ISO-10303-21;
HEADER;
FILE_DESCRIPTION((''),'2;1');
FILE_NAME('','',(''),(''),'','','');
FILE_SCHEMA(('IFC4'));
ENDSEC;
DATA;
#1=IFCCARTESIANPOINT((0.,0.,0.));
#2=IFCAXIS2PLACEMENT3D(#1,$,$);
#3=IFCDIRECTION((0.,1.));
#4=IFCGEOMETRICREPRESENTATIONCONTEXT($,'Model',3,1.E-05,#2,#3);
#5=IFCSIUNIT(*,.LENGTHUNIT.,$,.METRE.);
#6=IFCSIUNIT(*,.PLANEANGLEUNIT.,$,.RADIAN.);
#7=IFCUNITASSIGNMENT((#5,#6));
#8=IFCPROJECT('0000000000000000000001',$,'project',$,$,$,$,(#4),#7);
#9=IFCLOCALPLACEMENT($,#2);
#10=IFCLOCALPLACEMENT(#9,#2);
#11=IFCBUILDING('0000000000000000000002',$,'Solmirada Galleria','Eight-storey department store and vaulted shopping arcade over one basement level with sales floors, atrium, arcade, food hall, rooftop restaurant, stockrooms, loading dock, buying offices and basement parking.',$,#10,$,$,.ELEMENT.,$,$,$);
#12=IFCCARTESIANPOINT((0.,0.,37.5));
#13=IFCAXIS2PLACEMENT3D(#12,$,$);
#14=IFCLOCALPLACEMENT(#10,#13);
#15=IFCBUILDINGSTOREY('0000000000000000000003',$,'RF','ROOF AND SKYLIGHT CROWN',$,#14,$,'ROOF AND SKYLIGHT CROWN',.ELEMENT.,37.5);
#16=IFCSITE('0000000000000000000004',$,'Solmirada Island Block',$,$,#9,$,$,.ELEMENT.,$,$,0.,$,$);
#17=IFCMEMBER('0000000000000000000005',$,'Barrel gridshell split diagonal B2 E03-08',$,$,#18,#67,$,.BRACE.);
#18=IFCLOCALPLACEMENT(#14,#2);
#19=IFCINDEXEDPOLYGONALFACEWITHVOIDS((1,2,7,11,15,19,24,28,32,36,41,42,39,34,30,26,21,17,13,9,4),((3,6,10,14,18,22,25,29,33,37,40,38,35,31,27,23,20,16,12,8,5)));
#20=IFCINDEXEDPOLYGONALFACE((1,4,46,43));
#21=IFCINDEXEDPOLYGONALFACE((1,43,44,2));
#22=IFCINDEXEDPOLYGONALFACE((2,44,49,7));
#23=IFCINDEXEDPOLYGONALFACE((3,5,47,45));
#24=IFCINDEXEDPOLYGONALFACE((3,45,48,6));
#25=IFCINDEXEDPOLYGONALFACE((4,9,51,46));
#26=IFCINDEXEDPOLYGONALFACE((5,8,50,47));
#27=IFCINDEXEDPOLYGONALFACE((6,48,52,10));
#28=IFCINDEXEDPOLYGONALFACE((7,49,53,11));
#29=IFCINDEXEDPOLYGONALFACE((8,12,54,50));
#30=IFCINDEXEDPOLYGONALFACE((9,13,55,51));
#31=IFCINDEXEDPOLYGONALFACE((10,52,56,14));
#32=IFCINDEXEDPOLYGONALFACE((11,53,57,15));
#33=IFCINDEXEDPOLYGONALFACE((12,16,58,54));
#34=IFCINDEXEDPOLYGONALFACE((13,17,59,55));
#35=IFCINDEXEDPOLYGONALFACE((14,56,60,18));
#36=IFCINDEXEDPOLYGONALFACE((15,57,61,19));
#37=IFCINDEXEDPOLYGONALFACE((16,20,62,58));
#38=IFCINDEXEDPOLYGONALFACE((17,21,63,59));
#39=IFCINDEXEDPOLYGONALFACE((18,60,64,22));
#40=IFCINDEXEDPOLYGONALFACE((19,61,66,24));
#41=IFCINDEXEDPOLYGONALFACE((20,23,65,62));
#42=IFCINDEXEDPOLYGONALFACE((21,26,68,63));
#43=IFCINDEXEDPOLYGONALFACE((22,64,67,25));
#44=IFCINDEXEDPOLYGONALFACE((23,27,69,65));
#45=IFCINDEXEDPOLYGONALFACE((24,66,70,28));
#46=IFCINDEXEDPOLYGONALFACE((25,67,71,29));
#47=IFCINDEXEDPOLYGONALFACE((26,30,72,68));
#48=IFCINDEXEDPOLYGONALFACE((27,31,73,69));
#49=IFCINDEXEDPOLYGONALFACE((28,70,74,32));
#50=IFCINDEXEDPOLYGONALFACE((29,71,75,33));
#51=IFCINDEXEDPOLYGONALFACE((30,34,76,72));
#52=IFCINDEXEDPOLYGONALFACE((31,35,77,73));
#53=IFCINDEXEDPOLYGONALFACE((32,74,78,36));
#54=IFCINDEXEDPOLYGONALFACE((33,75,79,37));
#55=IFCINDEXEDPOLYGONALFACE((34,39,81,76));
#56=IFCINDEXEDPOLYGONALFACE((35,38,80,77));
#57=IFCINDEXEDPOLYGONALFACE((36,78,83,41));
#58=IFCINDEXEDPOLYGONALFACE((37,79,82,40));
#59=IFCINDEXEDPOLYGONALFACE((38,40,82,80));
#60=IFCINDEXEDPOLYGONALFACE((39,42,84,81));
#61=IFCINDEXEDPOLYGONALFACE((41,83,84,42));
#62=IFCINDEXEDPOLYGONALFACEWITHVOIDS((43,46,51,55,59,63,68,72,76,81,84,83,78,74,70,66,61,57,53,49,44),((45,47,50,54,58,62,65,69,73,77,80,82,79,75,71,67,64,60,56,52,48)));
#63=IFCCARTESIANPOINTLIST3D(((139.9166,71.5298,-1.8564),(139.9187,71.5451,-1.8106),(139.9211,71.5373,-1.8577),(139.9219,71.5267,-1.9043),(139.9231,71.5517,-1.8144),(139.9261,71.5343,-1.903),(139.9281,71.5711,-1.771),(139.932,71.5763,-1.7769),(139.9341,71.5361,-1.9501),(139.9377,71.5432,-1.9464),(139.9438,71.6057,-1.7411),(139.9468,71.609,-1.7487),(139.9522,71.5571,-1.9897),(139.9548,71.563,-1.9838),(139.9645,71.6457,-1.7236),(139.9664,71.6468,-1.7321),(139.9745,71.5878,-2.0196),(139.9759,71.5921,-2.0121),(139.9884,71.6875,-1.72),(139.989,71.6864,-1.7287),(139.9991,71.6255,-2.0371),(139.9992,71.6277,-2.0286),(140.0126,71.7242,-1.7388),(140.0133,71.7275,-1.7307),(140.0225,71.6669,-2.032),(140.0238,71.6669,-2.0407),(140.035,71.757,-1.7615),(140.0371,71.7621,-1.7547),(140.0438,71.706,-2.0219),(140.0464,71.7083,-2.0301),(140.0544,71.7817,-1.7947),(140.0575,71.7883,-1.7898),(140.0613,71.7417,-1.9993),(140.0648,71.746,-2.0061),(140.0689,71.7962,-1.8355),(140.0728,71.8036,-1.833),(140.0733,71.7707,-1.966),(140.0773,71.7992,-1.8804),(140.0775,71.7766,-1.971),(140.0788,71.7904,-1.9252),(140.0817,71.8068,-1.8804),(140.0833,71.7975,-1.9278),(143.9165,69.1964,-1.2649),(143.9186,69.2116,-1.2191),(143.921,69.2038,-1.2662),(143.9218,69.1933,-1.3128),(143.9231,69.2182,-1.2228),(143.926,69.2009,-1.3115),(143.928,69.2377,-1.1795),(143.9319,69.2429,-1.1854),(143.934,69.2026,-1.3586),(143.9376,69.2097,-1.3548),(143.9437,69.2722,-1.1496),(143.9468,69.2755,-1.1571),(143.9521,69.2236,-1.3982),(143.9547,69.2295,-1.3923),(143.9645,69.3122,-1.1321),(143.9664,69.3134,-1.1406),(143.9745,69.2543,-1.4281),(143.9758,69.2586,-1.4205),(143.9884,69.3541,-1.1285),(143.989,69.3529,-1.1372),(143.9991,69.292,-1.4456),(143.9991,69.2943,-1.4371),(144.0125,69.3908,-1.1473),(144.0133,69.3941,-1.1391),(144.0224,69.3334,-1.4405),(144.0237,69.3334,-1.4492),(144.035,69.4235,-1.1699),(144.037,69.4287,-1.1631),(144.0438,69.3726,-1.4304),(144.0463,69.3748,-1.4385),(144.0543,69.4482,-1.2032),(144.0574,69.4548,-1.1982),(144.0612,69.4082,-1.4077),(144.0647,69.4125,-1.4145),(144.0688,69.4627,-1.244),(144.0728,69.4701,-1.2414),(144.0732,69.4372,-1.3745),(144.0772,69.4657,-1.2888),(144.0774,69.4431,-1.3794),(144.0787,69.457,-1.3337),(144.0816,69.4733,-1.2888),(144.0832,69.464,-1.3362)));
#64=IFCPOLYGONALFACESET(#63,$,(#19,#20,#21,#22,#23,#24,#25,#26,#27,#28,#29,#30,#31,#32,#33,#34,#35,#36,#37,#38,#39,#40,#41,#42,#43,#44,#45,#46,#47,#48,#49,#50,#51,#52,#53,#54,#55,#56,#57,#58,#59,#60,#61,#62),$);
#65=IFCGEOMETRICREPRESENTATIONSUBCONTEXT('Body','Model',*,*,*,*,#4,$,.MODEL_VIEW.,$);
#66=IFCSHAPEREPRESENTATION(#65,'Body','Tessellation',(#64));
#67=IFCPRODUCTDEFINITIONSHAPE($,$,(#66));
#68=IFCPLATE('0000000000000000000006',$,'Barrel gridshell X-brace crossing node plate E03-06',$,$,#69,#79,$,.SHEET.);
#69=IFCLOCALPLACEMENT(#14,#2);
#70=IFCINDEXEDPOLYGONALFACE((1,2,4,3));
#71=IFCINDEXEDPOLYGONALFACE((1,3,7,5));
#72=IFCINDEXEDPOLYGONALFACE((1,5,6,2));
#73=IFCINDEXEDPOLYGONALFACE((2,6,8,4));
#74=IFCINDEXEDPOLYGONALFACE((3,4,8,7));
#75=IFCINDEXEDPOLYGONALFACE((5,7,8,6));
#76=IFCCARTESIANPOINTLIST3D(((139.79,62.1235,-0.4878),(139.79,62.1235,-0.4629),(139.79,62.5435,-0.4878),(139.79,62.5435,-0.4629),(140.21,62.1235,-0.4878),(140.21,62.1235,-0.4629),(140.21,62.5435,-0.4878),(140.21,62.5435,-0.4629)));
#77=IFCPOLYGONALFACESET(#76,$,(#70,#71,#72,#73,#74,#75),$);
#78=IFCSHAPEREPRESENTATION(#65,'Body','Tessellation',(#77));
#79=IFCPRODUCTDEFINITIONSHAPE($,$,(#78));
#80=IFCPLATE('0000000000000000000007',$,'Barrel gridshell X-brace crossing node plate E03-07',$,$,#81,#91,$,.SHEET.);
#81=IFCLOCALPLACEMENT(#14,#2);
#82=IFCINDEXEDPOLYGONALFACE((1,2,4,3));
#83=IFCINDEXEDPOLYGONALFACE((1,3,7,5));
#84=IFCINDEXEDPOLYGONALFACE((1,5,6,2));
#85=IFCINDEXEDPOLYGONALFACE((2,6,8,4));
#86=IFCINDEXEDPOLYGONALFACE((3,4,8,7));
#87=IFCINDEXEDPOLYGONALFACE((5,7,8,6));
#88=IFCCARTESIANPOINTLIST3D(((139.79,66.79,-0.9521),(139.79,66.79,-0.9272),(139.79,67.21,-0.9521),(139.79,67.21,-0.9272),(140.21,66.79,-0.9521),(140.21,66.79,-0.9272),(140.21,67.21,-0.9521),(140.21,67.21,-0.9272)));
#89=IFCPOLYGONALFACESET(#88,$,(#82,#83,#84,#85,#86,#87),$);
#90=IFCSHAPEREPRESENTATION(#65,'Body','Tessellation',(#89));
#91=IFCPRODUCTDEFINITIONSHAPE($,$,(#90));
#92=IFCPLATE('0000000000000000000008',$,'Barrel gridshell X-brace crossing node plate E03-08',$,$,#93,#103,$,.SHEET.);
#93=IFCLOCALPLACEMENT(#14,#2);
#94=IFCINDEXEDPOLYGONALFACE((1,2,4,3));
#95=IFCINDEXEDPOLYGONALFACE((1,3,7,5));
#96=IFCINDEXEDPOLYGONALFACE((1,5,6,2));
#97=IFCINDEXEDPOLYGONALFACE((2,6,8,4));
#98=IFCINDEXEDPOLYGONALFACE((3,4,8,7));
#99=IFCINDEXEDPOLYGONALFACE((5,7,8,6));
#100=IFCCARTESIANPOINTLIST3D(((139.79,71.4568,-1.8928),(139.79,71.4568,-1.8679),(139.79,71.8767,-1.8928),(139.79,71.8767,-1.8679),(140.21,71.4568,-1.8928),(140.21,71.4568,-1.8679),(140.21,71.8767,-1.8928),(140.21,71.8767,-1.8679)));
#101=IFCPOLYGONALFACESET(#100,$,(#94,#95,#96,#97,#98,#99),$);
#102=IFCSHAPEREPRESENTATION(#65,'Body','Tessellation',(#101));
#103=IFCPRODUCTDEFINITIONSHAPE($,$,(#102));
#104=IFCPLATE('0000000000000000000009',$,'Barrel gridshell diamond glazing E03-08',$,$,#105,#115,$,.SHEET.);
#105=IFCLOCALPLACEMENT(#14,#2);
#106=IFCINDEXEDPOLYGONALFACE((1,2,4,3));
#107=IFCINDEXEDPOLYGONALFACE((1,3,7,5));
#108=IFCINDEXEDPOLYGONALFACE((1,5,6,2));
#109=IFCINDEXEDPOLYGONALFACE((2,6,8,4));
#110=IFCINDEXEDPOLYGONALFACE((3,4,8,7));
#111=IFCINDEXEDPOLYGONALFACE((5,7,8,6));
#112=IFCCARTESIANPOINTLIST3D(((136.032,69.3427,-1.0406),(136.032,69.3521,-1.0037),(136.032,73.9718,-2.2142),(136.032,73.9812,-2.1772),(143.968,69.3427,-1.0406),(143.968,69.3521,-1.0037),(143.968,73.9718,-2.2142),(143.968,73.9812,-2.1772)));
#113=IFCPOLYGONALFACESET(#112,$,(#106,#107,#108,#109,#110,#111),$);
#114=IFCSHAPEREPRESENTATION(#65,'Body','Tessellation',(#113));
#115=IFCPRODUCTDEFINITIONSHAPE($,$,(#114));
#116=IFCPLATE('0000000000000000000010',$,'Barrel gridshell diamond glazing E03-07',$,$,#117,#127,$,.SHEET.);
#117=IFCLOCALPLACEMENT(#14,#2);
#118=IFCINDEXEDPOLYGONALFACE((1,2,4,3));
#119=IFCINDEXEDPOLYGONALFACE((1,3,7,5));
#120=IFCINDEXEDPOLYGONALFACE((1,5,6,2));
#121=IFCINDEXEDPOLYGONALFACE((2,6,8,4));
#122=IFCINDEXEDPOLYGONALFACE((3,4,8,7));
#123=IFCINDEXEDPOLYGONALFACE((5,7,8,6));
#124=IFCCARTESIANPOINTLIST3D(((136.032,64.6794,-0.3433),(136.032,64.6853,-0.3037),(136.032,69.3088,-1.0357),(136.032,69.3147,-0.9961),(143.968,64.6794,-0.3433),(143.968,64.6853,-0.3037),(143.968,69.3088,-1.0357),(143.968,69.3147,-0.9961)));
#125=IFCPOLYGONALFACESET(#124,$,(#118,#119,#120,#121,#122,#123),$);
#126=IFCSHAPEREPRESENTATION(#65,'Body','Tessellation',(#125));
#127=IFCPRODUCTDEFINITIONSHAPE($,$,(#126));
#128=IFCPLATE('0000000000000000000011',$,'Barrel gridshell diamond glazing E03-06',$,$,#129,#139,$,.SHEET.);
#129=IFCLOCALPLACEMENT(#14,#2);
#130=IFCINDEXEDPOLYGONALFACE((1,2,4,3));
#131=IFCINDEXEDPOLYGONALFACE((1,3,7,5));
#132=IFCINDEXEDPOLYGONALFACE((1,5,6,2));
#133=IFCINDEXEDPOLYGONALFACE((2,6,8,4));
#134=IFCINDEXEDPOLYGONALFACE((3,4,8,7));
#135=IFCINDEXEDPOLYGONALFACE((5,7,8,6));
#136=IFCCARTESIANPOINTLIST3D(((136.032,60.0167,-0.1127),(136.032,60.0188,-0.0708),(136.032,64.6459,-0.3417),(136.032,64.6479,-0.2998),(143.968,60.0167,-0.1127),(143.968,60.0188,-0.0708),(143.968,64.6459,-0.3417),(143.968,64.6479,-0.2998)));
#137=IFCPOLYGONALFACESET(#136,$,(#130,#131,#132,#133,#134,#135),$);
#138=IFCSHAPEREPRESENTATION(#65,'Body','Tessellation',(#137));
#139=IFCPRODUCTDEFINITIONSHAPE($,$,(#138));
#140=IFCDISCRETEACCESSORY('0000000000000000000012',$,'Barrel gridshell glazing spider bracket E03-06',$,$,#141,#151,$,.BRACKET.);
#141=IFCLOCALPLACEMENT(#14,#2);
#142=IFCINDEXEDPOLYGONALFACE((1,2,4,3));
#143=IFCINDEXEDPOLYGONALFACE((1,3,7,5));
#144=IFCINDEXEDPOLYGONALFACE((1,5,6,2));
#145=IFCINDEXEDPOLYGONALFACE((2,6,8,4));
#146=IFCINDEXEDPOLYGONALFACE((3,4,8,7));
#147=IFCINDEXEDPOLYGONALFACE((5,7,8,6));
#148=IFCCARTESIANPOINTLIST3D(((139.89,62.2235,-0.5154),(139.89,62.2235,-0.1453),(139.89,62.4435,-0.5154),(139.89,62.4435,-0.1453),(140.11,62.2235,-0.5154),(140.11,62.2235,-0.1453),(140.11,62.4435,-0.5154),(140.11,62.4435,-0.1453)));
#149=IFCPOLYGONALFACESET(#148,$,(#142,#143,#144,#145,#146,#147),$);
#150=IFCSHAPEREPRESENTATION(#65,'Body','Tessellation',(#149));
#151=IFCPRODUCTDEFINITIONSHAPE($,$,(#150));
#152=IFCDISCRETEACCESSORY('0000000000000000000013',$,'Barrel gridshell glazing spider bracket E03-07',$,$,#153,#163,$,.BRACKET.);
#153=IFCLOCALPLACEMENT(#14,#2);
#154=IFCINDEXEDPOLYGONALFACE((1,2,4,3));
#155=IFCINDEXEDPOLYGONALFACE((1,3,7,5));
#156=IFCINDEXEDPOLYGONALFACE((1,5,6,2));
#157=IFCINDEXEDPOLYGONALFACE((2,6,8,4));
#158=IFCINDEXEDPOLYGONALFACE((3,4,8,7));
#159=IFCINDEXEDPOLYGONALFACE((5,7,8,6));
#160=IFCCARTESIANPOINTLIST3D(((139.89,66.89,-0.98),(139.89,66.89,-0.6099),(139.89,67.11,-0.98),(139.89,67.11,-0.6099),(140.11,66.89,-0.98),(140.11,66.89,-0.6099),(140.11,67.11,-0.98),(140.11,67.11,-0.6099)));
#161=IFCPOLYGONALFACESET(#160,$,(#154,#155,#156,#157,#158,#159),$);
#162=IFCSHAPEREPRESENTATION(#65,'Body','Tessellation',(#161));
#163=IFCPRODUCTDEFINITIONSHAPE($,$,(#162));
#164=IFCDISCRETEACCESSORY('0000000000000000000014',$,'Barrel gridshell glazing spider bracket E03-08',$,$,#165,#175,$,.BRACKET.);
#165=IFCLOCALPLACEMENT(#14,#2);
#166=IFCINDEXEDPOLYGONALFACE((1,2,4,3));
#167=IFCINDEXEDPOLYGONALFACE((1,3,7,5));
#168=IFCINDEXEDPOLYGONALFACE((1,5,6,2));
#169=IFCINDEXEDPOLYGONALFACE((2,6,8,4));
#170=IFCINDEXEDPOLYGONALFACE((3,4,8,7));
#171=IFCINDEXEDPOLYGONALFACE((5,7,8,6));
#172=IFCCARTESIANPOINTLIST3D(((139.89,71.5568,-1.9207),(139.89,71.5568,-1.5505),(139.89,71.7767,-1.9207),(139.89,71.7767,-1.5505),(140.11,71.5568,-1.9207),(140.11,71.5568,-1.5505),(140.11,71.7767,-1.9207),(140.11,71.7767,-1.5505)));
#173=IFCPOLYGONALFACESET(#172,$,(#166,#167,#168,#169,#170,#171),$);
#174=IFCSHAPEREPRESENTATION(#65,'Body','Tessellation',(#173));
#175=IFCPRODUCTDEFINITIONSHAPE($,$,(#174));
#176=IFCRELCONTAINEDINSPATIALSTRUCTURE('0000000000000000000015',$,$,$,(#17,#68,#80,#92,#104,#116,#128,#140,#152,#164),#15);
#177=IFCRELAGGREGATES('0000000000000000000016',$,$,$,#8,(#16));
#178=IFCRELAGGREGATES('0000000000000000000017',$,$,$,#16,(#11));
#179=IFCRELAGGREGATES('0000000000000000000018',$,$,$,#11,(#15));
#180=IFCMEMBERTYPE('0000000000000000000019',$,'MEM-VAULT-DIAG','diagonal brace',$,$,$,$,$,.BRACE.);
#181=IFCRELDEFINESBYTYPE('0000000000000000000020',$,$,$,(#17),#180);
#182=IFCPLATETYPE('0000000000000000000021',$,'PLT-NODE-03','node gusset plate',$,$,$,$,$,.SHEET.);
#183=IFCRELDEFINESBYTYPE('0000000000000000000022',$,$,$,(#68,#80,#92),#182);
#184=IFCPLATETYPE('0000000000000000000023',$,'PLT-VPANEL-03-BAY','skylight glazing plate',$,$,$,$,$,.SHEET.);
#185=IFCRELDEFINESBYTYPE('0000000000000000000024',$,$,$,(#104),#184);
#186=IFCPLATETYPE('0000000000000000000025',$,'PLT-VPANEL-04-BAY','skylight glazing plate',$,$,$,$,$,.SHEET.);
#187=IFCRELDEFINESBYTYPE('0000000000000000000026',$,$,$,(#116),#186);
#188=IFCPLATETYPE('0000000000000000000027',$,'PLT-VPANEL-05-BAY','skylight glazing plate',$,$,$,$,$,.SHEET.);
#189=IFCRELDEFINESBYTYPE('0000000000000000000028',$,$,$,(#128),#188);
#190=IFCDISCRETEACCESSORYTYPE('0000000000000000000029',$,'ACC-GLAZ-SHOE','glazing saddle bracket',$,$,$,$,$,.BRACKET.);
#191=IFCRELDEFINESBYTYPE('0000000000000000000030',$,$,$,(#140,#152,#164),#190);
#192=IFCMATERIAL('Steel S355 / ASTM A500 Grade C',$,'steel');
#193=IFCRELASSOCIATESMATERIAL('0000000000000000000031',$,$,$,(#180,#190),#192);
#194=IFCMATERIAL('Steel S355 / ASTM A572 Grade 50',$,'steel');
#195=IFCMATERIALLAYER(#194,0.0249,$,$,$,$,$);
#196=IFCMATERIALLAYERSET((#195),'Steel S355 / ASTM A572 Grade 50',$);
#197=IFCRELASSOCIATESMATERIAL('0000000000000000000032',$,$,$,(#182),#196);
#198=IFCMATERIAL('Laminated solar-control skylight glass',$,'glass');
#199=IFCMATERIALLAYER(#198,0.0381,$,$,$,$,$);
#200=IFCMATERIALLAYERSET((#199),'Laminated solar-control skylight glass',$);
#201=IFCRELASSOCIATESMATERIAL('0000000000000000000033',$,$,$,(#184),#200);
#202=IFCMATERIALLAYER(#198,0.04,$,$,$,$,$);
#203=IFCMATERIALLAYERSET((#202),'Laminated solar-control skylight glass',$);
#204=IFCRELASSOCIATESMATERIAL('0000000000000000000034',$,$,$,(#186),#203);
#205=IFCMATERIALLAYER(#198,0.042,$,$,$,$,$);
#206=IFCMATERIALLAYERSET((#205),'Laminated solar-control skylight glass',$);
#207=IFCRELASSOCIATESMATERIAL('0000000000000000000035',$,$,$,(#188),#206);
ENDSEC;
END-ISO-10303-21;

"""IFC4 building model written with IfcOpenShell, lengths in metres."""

from ifc_helpers import new_model, si_unit, direction, frame, origin, origin_2d, place, context, subcontext, project, spatial, polyline, rectangle, hollow_circle, outline, extrude, material, layer, layer_set, material_profile, profile_set, type_object, element, save


model = new_model("IFC4")

# Units and contexts
model_context = context("Model", 3, precision=1e-05, world=origin(), true_north=direction((0.0, 1.0)))
body_context = subcontext(model_context, "Body", "Model", "MODEL_VIEW")
ifc_project = project(units=[si_unit("LENGTHUNIT", "METRE"), si_unit("PLANEANGLEUNIT", "RADIAN")], contexts=[model_context])

# Site, building, storey
site_placement = place(None, origin())
site = spatial("IfcSite", under=ifc_project, at=site_placement, Name="Solmirada Island Block", CompositionType="ELEMENT", RefElevation=0.0)
building_placement = place(site_placement, origin())
building = spatial("IfcBuilding", under=site, at=building_placement, Name="Solmirada Galleria", Description="Eight-storey department store and vaulted shopping arcade over one basement level with sales floors, atrium, arcade, food hall, rooftop restaurant, stockrooms, loading dock, buying offices and basement parking.", CompositionType="ELEMENT")
storey_placement = place(building_placement, frame((0.0, 0.0, 37.5)))
storey = spatial("IfcBuildingStorey", under=building, at=storey_placement, Name="RF", Description="ROOF AND SKYLIGHT CROWN", LongName="ROOF AND SKYLIGHT CROWN", CompositionType="ELEMENT", Elevation=37.5)

# Member
ifc_material_1 = material(Name="Steel S355 / ASTM A500 Grade C", Category="steel")
ifc_material_profile_1 = material_profile(ifc_material_1, hollow_circle(Radius=0.1621, WallThickness=0.0088, at=origin_2d()), Name="HSS12.750X0.375")
ifc_profile_set_1 = profile_set([ifc_material_profile_1], Name="Steel S355 / ASTM A500 Grade C")
member_type_1 = type_object("IfcMemberType", Name="MEM-VAULT-DIAG", Description="diagonal brace", PredefinedType="BRACE", material=ifc_profile_set_1)
member_1_placement = place(storey_placement, frame((140.0, 71.6667, -1.8804), z_axis=(0.856801, -0.499836, 0.126711), x_axis=(0.503897, 0.863764, 0.0)))
element("IfcMember", 1, at=member_1_placement, inside=storey, type_object=member_type_1, Name="Barrel gridshell split diagonal B2 E03-08", PredefinedType="BRACE", context=body_context, shape_type="SweptSolid", body=[
    extrude(hollow_circle(Radius=0.1621, WallThickness=0.0088, at=origin_2d()), origin(), (0.0, 0.0, 1.0), 4.6685),
])

# Plates
ifc_material_2 = material(Name="Steel S355 / ASTM A572 Grade 50", Category="steel")
ifc_layer_1 = layer(ifc_material_2, 0.0249)
ifc_layer_set_1 = layer_set([ifc_layer_1], Name="Steel S355 / ASTM A572 Grade 50")
plate_type_1 = type_object("IfcPlateType", Name="PLT-NODE-03", Description="node gusset plate", PredefinedType="SHEET", material=ifc_layer_set_1)
for number, where, z_axis, x_axis, name in (
    (2, (140.0, 62.3335, -0.4878), (0.0, 0.0, 1.0), (1.0, 0.0, 0.0), "Barrel gridshell X-brace crossing node plate E03-06"),
    (3, (140.0, 67.0, -0.9521), (0.0, 0.0, 1.0), (1.0, 0.0, 0.0), "Barrel gridshell X-brace crossing node plate E03-07"),
    (4, (140.0, 71.6667, -1.8928), (0.0, 0.0, 1.0), (1.0, 0.0, 0.0), "Barrel gridshell X-brace crossing node plate E03-08"),
):
    element("IfcPlate", number, at=place(storey_placement, frame(where, z_axis=z_axis, x_axis=x_axis)), inside=storey, type_object=plate_type_1, Name=name, PredefinedType="SHEET", context=body_context, shape_type="SweptSolid", body=[
        extrude(rectangle(XDim=0.4199, YDim=0.4199, at=origin_2d()), origin(), (0.0, 0.0, 1.0), 0.0249),
    ])
ifc_material_3 = material(Name="Laminated solar-control skylight glass", Category="glass")
ifc_layer_2 = layer(ifc_material_3, 0.0381)
ifc_layer_set_2 = layer_set([ifc_layer_2], Name="Laminated solar-control skylight glass")
plate_type_2 = type_object("IfcPlateType", Name="PLT-VPANEL-03-BAY", Description="skylight glazing plate", PredefinedType="SHEET", material=ifc_layer_set_2)
plate_1_placement = place(storey_placement, frame((136.032, 69.3521, -1.0037), z_axis=(0.0, 0.245746, 0.969334), x_axis=(1.0, 0.0, 0.0)))
element("IfcPlate", 5, at=plate_1_placement, inside=storey, type_object=plate_type_2, Name="Barrel gridshell diamond glazing E03-08", PredefinedType="SHEET", context=body_context, shape_type="SweptSolid", body=[
    extrude(outline(polyline([(0.0, 0.0), (7.936, 0.0), (7.936, 4.7756), (0.0, 4.7756), (0.0, 0.0)])), origin(), (0.0, 0.0, -1.0), 0.0381),
])
ifc_layer_3 = layer(ifc_material_3, 0.04)
ifc_layer_set_3 = layer_set([ifc_layer_3], Name="Laminated solar-control skylight glass")
plate_type_3 = type_object("IfcPlateType", Name="PLT-VPANEL-04-BAY", Description="skylight glazing plate", PredefinedType="SHEET", material=ifc_layer_set_3)
plate_2_placement = place(storey_placement, frame((136.032, 64.6853, -0.3037), z_axis=(0.0, 0.147917, 0.989), x_axis=(1.0, 0.0, 0.0)))
element("IfcPlate", 6, at=plate_2_placement, inside=storey, type_object=plate_type_3, Name="Barrel gridshell diamond glazing E03-07", PredefinedType="SHEET", context=body_context, shape_type="SweptSolid", body=[
    extrude(outline(polyline([(0.0, 0.0), (7.936, 0.0), (7.936, 4.6809), (0.0, 4.6809), (0.0, 0.0)])), origin(), (0.0, 0.0, -1.0), 0.04),
])
ifc_layer_4 = layer(ifc_material_3, 0.042)
ifc_layer_set_4 = layer_set([ifc_layer_4], Name="Laminated solar-control skylight glass")
plate_type_4 = type_object("IfcPlateType", Name="PLT-VPANEL-05-BAY", Description="skylight glazing plate", PredefinedType="SHEET", material=ifc_layer_set_4)
plate_3_placement = place(storey_placement, frame((136.032, 60.0188, -0.0708), z_axis=(0.0, 0.04941, 0.998779), x_axis=(1.0, 0.0, 0.0)))
element("IfcPlate", 7, at=plate_3_placement, inside=storey, type_object=plate_type_4, Name="Barrel gridshell diamond glazing E03-06", PredefinedType="SHEET", context=body_context, shape_type="SweptSolid", body=[
    extrude(outline(polyline([(0.0, 0.0), (7.936, 0.0), (7.936, 4.6348), (0.0, 4.6348), (0.0, 0.0)])), origin(), (0.0, 0.0, -1.0), 0.042),
])

# Discrete accessories
discrete_accessory_type = type_object("IfcDiscreteAccessoryType", Name="ACC-GLAZ-SHOE", Description="glazing saddle bracket", PredefinedType="BRACKET", material=ifc_material_1)
for number, where, z_axis, x_axis, name in (
    (8, (140.0, 62.3335, -0.5154), (0.0, 0.0, 1.0), (1.0, 0.0, 0.0), "Barrel gridshell glazing spider bracket E03-06"),
    (9, (140.0, 67.0, -0.98), (0.0, 0.0, 1.0), (1.0, 0.0, 0.0), "Barrel gridshell glazing spider bracket E03-07"),
    (10, (140.0, 71.6667, -1.9207), (0.0, 0.0, 1.0), (1.0, 0.0, 0.0), "Barrel gridshell glazing spider bracket E03-08"),
):
    element("IfcDiscreteAccessory", number, at=place(storey_placement, frame(where, z_axis=z_axis, x_axis=x_axis)), inside=storey, type_object=discrete_accessory_type, Name=name, PredefinedType="BRACKET", context=body_context, shape_type="SweptSolid", body=[
        extrude(rectangle(XDim=0.22, YDim=0.22, at=origin_2d()), origin(), (0.0, 0.0, 1.0), 0.3701),
    ])

save(model, "model.ifc")
